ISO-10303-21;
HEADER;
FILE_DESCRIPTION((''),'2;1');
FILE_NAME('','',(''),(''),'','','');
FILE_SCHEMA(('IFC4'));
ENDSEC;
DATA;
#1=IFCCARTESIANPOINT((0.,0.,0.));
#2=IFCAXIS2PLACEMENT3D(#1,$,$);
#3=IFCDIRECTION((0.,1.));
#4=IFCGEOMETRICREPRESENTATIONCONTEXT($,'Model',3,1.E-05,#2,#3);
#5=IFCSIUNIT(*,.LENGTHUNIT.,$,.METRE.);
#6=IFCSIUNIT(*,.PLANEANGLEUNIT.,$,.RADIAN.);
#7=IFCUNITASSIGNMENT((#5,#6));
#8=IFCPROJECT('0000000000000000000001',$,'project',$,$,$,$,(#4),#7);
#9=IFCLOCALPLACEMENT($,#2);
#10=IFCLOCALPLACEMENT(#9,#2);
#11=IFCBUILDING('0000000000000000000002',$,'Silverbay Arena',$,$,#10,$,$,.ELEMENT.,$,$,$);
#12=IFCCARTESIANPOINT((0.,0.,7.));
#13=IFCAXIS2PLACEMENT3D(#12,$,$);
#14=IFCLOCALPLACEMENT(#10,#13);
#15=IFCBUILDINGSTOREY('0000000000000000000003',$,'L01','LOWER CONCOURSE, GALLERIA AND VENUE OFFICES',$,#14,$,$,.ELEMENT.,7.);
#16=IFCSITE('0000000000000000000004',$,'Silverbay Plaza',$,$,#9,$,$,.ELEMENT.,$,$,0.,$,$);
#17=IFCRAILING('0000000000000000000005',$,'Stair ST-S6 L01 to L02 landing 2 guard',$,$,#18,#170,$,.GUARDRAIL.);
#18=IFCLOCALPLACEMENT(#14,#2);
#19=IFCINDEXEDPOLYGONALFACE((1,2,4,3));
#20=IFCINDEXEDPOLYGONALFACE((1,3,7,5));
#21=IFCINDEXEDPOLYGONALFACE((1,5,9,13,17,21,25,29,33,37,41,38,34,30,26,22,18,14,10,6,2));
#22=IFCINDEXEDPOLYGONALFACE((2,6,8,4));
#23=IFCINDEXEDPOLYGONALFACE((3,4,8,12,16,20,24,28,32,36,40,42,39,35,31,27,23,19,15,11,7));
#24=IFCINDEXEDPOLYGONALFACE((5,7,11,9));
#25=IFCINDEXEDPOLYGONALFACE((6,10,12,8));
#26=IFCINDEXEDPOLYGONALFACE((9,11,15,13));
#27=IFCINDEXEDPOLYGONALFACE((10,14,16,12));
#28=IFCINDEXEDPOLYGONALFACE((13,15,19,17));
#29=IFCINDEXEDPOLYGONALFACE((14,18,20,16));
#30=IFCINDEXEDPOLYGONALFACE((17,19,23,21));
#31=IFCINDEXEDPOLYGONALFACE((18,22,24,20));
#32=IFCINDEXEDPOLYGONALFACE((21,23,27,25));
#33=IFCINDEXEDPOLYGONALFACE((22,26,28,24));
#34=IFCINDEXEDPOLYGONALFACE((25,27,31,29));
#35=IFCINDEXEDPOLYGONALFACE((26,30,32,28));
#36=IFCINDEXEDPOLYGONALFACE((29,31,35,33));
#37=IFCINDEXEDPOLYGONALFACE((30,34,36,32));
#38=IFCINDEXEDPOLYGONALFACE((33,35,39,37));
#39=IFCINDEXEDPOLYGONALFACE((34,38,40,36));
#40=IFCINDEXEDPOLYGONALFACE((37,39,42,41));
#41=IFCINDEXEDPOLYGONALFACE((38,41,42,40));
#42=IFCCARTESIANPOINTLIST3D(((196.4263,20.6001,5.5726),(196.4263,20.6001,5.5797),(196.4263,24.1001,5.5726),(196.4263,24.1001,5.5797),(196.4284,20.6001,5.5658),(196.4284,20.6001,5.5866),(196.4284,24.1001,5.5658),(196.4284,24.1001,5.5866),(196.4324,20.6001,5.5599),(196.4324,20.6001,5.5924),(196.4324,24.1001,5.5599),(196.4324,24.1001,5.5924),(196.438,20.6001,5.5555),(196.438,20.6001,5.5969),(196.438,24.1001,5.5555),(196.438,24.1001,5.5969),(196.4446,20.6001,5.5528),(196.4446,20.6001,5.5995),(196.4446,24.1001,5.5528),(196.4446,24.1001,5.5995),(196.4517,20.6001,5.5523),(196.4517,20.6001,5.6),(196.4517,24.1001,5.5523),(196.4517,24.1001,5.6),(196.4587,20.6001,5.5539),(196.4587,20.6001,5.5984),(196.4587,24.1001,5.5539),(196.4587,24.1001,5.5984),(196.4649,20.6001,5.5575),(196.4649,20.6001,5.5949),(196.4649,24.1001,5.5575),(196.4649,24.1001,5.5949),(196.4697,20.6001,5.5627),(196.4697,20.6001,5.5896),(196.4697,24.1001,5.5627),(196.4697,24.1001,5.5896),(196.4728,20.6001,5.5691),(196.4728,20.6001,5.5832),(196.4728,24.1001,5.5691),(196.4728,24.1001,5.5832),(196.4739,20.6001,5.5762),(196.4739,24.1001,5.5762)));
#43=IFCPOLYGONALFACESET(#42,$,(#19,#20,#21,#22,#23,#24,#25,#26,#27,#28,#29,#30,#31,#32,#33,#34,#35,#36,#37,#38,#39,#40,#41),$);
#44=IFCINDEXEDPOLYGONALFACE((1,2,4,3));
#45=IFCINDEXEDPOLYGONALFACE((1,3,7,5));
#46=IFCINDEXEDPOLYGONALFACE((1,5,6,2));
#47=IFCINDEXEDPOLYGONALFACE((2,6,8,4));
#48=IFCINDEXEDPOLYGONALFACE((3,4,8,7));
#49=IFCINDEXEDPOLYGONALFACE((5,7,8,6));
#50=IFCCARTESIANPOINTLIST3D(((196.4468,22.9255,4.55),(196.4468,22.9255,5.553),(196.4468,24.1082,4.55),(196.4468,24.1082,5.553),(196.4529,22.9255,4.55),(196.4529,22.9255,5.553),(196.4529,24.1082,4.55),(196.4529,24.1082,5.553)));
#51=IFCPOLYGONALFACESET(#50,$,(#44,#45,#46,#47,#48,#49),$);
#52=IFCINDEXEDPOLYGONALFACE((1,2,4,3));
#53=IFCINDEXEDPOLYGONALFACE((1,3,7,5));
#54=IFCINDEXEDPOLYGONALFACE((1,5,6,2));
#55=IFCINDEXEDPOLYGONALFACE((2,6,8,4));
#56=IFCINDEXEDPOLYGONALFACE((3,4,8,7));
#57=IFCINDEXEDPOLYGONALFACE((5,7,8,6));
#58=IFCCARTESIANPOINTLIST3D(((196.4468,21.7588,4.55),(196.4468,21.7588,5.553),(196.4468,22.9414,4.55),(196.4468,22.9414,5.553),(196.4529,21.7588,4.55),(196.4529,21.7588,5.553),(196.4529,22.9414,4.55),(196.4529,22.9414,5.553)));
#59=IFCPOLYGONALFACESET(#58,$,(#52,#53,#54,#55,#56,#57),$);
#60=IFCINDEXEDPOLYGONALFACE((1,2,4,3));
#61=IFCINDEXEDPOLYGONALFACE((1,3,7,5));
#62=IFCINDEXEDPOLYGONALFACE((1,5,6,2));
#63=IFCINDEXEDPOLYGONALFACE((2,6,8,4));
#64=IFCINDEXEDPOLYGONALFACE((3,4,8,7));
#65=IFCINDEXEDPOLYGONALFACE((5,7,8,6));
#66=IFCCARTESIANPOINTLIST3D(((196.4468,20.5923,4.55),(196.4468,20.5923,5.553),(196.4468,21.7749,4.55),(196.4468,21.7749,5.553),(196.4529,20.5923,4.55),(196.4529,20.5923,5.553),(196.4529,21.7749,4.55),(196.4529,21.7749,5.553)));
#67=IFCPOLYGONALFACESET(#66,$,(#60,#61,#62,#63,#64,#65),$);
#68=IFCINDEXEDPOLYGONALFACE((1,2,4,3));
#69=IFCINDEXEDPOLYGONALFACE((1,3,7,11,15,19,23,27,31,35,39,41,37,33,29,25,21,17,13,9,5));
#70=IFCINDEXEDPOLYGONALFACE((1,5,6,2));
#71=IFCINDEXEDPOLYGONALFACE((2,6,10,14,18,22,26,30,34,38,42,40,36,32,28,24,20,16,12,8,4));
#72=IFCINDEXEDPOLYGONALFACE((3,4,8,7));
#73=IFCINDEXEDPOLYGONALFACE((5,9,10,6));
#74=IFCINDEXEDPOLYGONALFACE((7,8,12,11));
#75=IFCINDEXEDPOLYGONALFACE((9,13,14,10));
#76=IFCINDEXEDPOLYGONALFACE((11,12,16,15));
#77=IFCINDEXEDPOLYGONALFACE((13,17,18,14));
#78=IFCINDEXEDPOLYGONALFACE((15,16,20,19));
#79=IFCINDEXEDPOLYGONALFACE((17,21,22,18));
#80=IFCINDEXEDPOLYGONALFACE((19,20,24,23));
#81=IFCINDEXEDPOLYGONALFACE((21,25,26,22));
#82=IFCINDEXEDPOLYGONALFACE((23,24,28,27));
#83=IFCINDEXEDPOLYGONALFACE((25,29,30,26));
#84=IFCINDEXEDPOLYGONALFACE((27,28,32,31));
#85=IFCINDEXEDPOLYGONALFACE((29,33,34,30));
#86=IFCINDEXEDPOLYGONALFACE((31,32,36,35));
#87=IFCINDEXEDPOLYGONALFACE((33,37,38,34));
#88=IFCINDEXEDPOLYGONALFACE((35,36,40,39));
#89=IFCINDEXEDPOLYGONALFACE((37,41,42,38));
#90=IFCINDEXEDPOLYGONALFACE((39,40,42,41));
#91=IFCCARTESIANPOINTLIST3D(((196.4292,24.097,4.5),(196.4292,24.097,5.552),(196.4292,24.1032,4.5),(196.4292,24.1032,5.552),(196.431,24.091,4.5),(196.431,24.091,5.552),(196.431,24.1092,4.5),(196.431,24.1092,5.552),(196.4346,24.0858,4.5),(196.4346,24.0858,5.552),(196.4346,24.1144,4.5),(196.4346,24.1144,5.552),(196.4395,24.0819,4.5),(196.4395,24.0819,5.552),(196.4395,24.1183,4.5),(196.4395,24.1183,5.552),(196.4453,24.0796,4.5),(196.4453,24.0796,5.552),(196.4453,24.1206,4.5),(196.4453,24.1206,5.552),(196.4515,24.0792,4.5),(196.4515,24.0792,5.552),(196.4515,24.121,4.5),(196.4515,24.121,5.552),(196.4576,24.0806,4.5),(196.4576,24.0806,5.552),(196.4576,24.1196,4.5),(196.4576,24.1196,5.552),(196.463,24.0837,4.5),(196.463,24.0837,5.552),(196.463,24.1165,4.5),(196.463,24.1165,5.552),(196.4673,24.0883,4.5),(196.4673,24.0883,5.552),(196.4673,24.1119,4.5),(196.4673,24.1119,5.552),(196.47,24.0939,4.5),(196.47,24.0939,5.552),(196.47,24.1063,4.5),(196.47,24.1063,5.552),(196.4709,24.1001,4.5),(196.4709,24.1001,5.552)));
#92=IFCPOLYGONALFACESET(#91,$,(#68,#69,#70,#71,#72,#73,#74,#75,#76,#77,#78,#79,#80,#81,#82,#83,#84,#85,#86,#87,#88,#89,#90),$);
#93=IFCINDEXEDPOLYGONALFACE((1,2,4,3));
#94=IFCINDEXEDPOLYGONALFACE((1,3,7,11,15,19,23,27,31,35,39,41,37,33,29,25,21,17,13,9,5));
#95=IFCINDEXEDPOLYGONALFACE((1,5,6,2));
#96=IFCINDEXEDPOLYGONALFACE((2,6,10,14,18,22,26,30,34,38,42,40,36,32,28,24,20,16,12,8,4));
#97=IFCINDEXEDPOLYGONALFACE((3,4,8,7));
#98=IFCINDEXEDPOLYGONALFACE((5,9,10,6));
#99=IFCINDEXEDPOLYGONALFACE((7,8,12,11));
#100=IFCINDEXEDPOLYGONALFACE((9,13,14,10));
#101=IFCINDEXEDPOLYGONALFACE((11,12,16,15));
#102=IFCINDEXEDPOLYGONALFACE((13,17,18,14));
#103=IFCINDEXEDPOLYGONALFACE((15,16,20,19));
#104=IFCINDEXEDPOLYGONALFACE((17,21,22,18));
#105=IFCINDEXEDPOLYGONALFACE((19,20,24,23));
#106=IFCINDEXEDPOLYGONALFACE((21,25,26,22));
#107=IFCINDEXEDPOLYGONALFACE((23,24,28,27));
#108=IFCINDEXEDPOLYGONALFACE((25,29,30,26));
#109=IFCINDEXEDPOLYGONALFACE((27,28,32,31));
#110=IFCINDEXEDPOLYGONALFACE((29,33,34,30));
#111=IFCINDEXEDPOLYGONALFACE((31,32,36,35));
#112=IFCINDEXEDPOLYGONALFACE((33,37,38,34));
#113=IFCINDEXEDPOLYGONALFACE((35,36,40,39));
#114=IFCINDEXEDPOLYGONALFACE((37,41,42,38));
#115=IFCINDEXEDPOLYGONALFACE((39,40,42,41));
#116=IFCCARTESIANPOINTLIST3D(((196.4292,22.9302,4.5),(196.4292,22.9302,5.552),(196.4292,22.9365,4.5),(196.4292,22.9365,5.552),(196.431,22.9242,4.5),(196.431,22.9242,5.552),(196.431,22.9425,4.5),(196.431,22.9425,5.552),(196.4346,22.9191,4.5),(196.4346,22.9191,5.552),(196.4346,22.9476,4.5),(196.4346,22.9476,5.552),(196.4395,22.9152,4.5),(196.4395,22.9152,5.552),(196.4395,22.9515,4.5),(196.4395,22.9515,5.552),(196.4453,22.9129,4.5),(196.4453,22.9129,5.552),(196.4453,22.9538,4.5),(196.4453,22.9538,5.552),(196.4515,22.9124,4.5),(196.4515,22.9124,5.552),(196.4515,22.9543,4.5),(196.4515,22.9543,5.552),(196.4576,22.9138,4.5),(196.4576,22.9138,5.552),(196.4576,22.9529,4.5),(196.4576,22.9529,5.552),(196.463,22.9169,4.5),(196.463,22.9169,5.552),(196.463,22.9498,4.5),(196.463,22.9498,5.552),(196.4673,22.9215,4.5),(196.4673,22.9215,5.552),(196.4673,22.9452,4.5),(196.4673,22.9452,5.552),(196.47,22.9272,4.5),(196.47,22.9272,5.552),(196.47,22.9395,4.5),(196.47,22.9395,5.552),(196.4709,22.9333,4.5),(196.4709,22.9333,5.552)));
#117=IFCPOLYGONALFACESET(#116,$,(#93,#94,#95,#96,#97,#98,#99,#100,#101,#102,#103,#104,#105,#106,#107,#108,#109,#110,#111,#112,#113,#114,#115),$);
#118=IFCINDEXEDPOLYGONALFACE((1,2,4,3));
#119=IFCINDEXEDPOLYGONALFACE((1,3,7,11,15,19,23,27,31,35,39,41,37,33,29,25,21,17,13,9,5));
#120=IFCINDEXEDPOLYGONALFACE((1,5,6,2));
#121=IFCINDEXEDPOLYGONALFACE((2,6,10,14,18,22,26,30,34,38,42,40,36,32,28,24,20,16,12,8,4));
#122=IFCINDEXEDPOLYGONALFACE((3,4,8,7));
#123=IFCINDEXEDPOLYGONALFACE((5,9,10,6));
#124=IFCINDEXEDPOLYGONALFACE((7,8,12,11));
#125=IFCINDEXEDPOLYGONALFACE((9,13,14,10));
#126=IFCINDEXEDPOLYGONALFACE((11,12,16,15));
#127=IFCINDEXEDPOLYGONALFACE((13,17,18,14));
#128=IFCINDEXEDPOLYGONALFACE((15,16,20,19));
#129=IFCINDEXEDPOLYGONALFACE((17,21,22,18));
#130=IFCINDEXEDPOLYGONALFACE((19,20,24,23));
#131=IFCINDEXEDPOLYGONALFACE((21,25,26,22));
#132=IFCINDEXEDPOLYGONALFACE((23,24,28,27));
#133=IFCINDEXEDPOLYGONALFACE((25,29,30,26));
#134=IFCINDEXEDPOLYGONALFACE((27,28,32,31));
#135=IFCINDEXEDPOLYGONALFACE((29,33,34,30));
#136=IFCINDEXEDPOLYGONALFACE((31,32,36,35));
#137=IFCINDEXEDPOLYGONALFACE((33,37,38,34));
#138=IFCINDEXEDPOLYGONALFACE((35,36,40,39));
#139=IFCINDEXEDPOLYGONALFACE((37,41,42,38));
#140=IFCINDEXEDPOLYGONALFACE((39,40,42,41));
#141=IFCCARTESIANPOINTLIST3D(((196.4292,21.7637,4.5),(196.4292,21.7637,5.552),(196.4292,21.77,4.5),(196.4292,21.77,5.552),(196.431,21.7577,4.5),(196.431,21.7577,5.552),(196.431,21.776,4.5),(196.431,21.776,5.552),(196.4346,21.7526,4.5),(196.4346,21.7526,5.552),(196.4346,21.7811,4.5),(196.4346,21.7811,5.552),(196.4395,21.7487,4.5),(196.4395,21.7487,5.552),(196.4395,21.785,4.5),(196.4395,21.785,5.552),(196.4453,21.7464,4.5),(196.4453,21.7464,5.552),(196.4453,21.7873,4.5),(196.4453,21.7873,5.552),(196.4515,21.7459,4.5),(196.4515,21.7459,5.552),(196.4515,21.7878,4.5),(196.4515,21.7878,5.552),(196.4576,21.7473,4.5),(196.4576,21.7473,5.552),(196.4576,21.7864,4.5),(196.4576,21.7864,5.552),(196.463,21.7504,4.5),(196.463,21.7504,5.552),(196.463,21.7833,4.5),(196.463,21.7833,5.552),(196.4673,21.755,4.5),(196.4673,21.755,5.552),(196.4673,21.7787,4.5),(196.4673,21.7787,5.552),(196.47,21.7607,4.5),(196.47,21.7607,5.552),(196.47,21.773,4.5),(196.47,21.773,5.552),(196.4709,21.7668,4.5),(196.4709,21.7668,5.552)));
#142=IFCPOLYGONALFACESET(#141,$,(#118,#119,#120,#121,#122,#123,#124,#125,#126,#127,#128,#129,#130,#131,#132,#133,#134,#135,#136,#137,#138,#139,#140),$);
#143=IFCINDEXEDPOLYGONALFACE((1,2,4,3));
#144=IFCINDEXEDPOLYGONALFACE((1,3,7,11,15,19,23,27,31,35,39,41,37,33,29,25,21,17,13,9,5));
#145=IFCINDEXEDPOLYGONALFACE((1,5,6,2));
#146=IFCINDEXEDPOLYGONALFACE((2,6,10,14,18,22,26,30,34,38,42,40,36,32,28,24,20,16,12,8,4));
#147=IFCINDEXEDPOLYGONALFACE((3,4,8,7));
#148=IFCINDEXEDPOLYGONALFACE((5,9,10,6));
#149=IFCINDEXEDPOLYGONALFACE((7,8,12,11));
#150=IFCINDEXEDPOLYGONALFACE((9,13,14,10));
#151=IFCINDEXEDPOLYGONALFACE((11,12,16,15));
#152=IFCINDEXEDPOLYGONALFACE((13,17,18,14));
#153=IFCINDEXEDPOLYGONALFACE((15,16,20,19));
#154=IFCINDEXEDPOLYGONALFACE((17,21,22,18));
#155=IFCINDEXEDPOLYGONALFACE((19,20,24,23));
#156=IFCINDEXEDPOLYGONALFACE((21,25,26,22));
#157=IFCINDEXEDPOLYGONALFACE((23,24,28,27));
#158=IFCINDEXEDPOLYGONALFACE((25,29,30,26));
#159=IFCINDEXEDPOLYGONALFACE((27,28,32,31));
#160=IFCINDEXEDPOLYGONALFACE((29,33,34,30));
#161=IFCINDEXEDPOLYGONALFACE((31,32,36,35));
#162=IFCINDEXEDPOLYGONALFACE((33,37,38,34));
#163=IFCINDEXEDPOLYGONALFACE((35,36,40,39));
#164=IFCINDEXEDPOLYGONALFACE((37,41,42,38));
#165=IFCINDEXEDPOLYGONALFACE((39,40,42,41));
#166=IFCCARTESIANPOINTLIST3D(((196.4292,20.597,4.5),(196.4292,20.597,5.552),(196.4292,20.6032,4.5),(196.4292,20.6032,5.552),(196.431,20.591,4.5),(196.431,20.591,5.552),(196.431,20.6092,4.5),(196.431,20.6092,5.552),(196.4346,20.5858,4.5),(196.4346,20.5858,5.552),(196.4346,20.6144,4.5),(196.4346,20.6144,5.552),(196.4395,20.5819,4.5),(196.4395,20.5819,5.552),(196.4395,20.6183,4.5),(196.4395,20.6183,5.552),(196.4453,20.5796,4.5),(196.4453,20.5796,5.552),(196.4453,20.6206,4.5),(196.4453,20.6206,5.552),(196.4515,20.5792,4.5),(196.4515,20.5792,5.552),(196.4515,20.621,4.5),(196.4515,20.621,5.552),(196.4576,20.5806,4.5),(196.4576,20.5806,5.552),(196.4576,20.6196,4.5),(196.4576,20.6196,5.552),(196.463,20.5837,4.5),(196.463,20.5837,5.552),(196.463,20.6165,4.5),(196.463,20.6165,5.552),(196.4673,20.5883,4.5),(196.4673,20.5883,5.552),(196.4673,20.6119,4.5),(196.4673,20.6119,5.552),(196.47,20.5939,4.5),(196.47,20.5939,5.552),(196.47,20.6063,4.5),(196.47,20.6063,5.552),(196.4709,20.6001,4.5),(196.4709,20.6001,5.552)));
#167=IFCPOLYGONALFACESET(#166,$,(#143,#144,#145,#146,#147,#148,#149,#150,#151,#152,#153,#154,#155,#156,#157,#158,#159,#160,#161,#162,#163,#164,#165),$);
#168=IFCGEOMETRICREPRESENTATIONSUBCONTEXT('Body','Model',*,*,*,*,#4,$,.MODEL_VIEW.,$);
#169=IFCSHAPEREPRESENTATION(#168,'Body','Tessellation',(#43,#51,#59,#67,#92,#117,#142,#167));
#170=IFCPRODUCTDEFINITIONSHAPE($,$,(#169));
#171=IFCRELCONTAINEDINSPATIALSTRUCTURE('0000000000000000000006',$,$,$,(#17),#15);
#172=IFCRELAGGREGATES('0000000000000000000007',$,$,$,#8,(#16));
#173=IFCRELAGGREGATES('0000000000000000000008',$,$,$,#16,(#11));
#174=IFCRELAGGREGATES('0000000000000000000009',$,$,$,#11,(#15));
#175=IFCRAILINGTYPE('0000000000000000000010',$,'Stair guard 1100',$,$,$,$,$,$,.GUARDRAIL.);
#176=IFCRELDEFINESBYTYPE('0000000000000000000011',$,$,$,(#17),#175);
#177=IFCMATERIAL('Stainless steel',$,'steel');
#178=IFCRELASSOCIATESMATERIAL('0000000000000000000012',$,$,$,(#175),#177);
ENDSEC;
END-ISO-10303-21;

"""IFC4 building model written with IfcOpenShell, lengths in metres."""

from ifc_helpers import new_model, si_unit, direction, frame, origin, origin_2d, place, context, subcontext, project, spatial, polyline, circle, outline, extrude, material, type_object, element, save


model = new_model("IFC4")

# Units and contexts
model_context = context("Model", 3, precision=1e-05, world=origin(), true_north=direction((0.0, 1.0)))
body_context = subcontext(model_context, "Body", "Model", "MODEL_VIEW")
ifc_project = project(units=[si_unit("LENGTHUNIT", "METRE"), si_unit("PLANEANGLEUNIT", "RADIAN")], contexts=[model_context])

# Site, building, storey
site_placement = place(None, origin())
site = spatial("IfcSite", under=ifc_project, at=site_placement, Name="Silverbay Plaza", CompositionType="ELEMENT", RefElevation=0.0)
building_placement = place(site_placement, origin())
building = spatial("IfcBuilding", under=site, at=building_placement, Name="Silverbay Arena", CompositionType="ELEMENT")
storey_placement = place(building_placement, frame((0.0, 0.0, 7.0)))
storey = spatial("IfcBuildingStorey", under=building, at=storey_placement, Name="L01", Description="LOWER CONCOURSE, GALLERIA AND VENUE OFFICES", CompositionType="ELEMENT", Elevation=7.0)

# Railing
ifc_material_1 = material(Name="Stainless steel", Category="steel")
railing_type_1 = type_object("IfcRailingType", Name="Stair guard 1100", PredefinedType="GUARDRAIL", material=ifc_material_1)
for number, where, name in (
    (1, (196.45, 24.1001, 4.5), "Stair ST-S6 L01 to L02 landing 2 guard"),
):
    element("IfcRailing", number, at=place(storey_placement, frame(where)), inside=storey, type_object=railing_type_1, Name=name, PredefinedType="GUARDRAIL", context=body_context, shape_type="SweptSolid", body=[
        extrude(circle(Radius=0.0239, at=origin_2d()), frame((0.0, 0.0, 1.0762), z_axis=(0.0, -1.0, 0.0), x_axis=(1.0, 0.0, 0.0)), (0.0, 0.0, 1.0), 3.5),
        extrude(outline(polyline([(-0.0081, 0.05), (1.1746, 0.05), (1.1746, 1.053), (-0.0081, 1.053), (-0.0081, 0.05)])), frame((0.0029, 0.0, 0.0), z_axis=(-1.0, 0.0, 0.0), x_axis=(0.0, -1.0, 0.0)), (0.0, 0.0, 1.0), 0.0061),
        extrude(outline(polyline([(-0.0081, 0.05), (1.1746, 0.05), (1.1746, 1.053), (-0.0081, 1.053), (-0.0081, 0.05)])), frame((0.0029, -1.1667, 0.0), z_axis=(-1.0, 0.0, 0.0), x_axis=(0.0, -1.0, 0.0)), (0.0, 0.0, 1.0), 0.0061),
        extrude(outline(polyline([(-0.0081, 0.05), (1.1746, 0.05), (1.1746, 1.053), (-0.0081, 1.053), (-0.0081, 0.05)])), frame((0.0029, -2.3333, 0.0), z_axis=(-1.0, 0.0, 0.0), x_axis=(0.0, -1.0, 0.0)), (0.0, 0.0, 1.0), 0.0061),
        extrude(circle(Radius=0.021, at=origin_2d()), origin(), (0.0, 0.0, 1.0), 1.052),
        extrude(circle(Radius=0.021, at=origin_2d()), frame((0.0, -1.1667, 0.0)), (0.0, 0.0, 1.0), 1.052),
        extrude(circle(Radius=0.021, at=origin_2d()), frame((0.0, -2.3333, 0.0)), (0.0, 0.0, 1.0), 1.052),
        extrude(circle(Radius=0.021, at=origin_2d()), frame((0.0, -3.5, 0.0)), (0.0, 0.0, 1.0), 1.052),
    ])

save(model, "model.ifc")
